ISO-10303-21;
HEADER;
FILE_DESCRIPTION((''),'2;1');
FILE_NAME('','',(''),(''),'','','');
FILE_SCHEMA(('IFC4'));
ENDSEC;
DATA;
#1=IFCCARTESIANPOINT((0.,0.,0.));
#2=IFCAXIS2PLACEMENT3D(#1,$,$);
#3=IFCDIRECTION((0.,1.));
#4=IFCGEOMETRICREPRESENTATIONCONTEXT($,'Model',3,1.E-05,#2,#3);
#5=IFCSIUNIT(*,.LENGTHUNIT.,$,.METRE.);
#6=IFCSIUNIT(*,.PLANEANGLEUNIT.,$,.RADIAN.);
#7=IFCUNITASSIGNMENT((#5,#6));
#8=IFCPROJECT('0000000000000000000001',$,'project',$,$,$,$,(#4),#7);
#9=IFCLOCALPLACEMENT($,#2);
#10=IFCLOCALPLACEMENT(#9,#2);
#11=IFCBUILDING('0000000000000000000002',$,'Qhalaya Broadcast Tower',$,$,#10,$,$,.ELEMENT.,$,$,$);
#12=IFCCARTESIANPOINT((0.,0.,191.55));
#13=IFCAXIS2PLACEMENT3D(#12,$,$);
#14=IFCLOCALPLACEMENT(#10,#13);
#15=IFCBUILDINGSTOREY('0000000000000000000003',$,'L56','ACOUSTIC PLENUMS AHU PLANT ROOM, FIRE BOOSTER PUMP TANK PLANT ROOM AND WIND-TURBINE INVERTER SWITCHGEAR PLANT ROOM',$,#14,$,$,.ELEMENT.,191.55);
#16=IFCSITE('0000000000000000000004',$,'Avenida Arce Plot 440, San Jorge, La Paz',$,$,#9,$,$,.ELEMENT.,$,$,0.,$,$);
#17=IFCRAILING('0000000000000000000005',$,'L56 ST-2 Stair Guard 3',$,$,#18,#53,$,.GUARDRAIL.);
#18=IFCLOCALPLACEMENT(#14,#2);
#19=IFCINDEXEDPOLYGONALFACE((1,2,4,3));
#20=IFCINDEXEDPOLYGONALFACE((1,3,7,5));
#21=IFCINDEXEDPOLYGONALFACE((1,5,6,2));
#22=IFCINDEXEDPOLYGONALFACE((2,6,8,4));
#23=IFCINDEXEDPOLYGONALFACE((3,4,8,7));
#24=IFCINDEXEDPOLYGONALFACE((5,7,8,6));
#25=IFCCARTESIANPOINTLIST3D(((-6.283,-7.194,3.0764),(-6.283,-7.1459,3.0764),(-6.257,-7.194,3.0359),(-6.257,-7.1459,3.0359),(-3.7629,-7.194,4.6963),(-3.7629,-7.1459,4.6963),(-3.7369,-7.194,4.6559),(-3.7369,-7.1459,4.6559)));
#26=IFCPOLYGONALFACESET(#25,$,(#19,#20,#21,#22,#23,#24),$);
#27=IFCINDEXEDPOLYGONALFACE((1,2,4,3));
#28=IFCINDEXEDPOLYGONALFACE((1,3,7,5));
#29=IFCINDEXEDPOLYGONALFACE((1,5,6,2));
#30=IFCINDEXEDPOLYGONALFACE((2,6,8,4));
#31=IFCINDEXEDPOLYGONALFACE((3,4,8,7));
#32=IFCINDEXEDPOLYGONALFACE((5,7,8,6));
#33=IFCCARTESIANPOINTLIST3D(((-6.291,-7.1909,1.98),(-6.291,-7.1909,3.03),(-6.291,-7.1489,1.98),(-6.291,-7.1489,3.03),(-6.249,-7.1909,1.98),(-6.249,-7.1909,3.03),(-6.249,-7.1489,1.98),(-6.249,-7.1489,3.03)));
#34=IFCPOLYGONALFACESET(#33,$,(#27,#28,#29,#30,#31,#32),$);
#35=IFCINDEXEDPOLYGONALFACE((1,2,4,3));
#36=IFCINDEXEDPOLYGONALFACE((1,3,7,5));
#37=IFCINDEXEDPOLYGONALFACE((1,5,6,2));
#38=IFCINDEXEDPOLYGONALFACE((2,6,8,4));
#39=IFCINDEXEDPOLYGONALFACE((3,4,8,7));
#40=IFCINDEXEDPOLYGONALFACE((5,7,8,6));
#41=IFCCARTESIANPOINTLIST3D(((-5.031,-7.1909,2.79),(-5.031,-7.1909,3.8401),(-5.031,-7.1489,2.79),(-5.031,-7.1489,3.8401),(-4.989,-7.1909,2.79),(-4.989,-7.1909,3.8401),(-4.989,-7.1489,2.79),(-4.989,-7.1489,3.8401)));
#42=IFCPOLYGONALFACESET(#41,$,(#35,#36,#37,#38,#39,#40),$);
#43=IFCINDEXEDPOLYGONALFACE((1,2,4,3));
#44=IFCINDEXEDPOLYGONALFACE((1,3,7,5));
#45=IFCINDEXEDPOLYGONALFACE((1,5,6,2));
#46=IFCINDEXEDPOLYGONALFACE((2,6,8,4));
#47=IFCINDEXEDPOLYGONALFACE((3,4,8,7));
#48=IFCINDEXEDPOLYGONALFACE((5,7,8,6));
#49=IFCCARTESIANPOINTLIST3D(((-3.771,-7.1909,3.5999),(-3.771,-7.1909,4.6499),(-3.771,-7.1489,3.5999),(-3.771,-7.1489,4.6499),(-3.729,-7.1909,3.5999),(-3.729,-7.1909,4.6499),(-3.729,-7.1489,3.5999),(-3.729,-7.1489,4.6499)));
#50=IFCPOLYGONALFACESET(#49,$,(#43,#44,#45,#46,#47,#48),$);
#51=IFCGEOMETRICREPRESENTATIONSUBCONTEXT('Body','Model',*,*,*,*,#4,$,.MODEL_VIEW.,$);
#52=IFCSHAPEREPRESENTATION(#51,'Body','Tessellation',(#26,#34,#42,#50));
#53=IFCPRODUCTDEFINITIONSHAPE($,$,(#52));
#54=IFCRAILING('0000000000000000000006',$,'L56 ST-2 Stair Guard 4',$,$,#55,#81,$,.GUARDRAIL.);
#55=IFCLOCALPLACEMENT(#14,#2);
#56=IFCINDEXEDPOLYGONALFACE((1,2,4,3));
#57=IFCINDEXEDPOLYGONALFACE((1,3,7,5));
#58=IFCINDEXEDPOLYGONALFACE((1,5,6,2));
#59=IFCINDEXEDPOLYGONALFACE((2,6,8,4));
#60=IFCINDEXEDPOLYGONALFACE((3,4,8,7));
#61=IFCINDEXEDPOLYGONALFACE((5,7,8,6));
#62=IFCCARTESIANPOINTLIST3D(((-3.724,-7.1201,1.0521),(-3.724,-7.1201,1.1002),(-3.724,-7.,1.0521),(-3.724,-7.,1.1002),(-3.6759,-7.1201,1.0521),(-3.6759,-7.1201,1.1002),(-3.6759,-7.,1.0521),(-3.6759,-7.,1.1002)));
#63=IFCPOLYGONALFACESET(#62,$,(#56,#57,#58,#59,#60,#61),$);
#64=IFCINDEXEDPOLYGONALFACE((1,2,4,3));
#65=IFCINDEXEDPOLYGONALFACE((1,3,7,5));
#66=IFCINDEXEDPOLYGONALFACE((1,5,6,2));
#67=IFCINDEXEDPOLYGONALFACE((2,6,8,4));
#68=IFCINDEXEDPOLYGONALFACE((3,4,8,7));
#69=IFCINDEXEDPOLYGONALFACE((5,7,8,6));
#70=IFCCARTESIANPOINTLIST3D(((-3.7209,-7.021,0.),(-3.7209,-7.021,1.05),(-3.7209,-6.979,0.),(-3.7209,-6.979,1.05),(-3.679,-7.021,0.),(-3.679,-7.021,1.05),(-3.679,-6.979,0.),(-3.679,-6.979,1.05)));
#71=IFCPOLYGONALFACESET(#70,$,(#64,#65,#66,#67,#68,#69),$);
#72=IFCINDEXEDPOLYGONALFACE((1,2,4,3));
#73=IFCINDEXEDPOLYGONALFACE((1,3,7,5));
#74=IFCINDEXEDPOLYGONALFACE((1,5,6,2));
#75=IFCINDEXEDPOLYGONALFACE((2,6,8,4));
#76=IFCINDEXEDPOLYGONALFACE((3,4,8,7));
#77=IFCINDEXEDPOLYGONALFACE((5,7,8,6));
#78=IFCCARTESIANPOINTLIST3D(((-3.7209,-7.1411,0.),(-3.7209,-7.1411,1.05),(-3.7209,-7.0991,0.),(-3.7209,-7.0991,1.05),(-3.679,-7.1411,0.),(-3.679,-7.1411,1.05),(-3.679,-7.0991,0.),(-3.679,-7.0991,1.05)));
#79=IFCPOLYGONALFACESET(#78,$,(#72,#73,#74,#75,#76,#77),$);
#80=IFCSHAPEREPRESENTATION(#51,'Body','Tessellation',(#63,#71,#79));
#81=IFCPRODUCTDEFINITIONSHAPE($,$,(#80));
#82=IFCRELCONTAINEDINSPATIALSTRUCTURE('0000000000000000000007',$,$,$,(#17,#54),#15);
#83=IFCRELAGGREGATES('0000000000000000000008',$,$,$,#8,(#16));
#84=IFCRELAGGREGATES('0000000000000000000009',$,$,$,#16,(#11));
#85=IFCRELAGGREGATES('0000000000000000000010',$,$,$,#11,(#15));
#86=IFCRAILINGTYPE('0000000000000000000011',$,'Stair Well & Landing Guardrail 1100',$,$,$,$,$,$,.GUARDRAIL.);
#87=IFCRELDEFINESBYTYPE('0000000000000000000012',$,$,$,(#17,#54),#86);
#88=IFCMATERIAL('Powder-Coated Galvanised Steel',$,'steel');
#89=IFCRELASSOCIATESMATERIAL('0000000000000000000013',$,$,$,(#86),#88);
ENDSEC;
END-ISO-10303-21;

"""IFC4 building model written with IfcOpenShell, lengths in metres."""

from ifc_helpers import new_model, si_unit, direction, frame, origin, origin_2d, place, context, subcontext, project, spatial, rectangle, extrude, material, type_object, element, save


model = new_model("IFC4")

# Units and contexts
model_context = context("Model", 3, precision=1e-05, world=origin(), true_north=direction((0.0, 1.0)))
body_context = subcontext(model_context, "Body", "Model", "MODEL_VIEW")
ifc_project = project(units=[si_unit("LENGTHUNIT", "METRE"), si_unit("PLANEANGLEUNIT", "RADIAN")], contexts=[model_context])

# Site, building, storey
site_placement = place(None, origin())
site = spatial("IfcSite", under=ifc_project, at=site_placement, Name="Avenida Arce Plot 440, San Jorge, La Paz", CompositionType="ELEMENT", RefElevation=0.0)
building_placement = place(site_placement, origin())
building = spatial("IfcBuilding", under=site, at=building_placement, Name="Qhalaya Broadcast Tower", CompositionType="ELEMENT")
storey_placement = place(building_placement, frame((0.0, 0.0, 191.55)))
storey = spatial("IfcBuildingStorey", under=building, at=storey_placement, Name="L56", Description="ACOUSTIC PLENUMS AHU PLANT ROOM, FIRE BOOSTER PUMP TANK PLANT ROOM AND WIND-TURBINE INVERTER SWITCHGEAR PLANT ROOM", CompositionType="ELEMENT", Elevation=191.55)

# Railings
ifc_material_1 = material(Name="Powder-Coated Galvanised Steel", Category="steel")
railing_type_1 = type_object("IfcRailingType", Name="Stair Well & Landing Guardrail 1100", PredefinedType="GUARDRAIL", material=ifc_material_1)
railing_1_placement = place(storey_placement, frame((-6.27, -7.1699, 1.98)))
element("IfcRailing", 1, at=railing_1_placement, inside=storey, type_object=railing_type_1, Name="L56 ST-2 Stair Guard 3", PredefinedType="GUARDRAIL", context=body_context, shape_type="SweptSolid", body=[
    extrude(rectangle(XDim=0.0481, YDim=0.0481, at=origin_2d()), frame((0.0, 0.0, 1.0762), z_axis=(0.8412, 0.0, 0.540725), x_axis=(0.0, 1.0, 0.0)), (0.0, 0.0, 1.0), 2.9958),
    extrude(rectangle(XDim=0.042, YDim=0.042, at=origin_2d()), origin(), (0.0, 0.0, 1.0), 1.05),
    extrude(rectangle(XDim=0.042, YDim=0.042, at=origin_2d()), frame((1.26, 0.0, 0.8101)), (0.0, 0.0, 1.0), 1.05),
    extrude(rectangle(XDim=0.042, YDim=0.042, at=origin_2d()), frame((2.52, 0.0, 1.6199)), (0.0, 0.0, 1.0), 1.05),
])
railing_2_placement = place(storey_placement, frame((-3.7, -7.0, 0.0)))
element("IfcRailing", 2, at=railing_2_placement, inside=storey, type_object=railing_type_1, Name="L56 ST-2 Stair Guard 4", PredefinedType="GUARDRAIL", context=body_context, shape_type="SweptSolid", body=[
    extrude(rectangle(XDim=0.0481, YDim=0.0481, at=origin_2d()), frame((0.0, 0.0, 1.0762), z_axis=(0.0, -1.0, 0.0), x_axis=(1.0, 0.0, 0.0)), (0.0, 0.0, 1.0), 0.1201),
    extrude(rectangle(XDim=0.042, YDim=0.042, at=origin_2d()), origin(), (0.0, 0.0, 1.0), 1.05),
    extrude(rectangle(XDim=0.042, YDim=0.042, at=origin_2d()), frame((0.0, -0.1201, 0.0)), (0.0, 0.0, 1.0), 1.05),
])

save(model, "model.ifc")
